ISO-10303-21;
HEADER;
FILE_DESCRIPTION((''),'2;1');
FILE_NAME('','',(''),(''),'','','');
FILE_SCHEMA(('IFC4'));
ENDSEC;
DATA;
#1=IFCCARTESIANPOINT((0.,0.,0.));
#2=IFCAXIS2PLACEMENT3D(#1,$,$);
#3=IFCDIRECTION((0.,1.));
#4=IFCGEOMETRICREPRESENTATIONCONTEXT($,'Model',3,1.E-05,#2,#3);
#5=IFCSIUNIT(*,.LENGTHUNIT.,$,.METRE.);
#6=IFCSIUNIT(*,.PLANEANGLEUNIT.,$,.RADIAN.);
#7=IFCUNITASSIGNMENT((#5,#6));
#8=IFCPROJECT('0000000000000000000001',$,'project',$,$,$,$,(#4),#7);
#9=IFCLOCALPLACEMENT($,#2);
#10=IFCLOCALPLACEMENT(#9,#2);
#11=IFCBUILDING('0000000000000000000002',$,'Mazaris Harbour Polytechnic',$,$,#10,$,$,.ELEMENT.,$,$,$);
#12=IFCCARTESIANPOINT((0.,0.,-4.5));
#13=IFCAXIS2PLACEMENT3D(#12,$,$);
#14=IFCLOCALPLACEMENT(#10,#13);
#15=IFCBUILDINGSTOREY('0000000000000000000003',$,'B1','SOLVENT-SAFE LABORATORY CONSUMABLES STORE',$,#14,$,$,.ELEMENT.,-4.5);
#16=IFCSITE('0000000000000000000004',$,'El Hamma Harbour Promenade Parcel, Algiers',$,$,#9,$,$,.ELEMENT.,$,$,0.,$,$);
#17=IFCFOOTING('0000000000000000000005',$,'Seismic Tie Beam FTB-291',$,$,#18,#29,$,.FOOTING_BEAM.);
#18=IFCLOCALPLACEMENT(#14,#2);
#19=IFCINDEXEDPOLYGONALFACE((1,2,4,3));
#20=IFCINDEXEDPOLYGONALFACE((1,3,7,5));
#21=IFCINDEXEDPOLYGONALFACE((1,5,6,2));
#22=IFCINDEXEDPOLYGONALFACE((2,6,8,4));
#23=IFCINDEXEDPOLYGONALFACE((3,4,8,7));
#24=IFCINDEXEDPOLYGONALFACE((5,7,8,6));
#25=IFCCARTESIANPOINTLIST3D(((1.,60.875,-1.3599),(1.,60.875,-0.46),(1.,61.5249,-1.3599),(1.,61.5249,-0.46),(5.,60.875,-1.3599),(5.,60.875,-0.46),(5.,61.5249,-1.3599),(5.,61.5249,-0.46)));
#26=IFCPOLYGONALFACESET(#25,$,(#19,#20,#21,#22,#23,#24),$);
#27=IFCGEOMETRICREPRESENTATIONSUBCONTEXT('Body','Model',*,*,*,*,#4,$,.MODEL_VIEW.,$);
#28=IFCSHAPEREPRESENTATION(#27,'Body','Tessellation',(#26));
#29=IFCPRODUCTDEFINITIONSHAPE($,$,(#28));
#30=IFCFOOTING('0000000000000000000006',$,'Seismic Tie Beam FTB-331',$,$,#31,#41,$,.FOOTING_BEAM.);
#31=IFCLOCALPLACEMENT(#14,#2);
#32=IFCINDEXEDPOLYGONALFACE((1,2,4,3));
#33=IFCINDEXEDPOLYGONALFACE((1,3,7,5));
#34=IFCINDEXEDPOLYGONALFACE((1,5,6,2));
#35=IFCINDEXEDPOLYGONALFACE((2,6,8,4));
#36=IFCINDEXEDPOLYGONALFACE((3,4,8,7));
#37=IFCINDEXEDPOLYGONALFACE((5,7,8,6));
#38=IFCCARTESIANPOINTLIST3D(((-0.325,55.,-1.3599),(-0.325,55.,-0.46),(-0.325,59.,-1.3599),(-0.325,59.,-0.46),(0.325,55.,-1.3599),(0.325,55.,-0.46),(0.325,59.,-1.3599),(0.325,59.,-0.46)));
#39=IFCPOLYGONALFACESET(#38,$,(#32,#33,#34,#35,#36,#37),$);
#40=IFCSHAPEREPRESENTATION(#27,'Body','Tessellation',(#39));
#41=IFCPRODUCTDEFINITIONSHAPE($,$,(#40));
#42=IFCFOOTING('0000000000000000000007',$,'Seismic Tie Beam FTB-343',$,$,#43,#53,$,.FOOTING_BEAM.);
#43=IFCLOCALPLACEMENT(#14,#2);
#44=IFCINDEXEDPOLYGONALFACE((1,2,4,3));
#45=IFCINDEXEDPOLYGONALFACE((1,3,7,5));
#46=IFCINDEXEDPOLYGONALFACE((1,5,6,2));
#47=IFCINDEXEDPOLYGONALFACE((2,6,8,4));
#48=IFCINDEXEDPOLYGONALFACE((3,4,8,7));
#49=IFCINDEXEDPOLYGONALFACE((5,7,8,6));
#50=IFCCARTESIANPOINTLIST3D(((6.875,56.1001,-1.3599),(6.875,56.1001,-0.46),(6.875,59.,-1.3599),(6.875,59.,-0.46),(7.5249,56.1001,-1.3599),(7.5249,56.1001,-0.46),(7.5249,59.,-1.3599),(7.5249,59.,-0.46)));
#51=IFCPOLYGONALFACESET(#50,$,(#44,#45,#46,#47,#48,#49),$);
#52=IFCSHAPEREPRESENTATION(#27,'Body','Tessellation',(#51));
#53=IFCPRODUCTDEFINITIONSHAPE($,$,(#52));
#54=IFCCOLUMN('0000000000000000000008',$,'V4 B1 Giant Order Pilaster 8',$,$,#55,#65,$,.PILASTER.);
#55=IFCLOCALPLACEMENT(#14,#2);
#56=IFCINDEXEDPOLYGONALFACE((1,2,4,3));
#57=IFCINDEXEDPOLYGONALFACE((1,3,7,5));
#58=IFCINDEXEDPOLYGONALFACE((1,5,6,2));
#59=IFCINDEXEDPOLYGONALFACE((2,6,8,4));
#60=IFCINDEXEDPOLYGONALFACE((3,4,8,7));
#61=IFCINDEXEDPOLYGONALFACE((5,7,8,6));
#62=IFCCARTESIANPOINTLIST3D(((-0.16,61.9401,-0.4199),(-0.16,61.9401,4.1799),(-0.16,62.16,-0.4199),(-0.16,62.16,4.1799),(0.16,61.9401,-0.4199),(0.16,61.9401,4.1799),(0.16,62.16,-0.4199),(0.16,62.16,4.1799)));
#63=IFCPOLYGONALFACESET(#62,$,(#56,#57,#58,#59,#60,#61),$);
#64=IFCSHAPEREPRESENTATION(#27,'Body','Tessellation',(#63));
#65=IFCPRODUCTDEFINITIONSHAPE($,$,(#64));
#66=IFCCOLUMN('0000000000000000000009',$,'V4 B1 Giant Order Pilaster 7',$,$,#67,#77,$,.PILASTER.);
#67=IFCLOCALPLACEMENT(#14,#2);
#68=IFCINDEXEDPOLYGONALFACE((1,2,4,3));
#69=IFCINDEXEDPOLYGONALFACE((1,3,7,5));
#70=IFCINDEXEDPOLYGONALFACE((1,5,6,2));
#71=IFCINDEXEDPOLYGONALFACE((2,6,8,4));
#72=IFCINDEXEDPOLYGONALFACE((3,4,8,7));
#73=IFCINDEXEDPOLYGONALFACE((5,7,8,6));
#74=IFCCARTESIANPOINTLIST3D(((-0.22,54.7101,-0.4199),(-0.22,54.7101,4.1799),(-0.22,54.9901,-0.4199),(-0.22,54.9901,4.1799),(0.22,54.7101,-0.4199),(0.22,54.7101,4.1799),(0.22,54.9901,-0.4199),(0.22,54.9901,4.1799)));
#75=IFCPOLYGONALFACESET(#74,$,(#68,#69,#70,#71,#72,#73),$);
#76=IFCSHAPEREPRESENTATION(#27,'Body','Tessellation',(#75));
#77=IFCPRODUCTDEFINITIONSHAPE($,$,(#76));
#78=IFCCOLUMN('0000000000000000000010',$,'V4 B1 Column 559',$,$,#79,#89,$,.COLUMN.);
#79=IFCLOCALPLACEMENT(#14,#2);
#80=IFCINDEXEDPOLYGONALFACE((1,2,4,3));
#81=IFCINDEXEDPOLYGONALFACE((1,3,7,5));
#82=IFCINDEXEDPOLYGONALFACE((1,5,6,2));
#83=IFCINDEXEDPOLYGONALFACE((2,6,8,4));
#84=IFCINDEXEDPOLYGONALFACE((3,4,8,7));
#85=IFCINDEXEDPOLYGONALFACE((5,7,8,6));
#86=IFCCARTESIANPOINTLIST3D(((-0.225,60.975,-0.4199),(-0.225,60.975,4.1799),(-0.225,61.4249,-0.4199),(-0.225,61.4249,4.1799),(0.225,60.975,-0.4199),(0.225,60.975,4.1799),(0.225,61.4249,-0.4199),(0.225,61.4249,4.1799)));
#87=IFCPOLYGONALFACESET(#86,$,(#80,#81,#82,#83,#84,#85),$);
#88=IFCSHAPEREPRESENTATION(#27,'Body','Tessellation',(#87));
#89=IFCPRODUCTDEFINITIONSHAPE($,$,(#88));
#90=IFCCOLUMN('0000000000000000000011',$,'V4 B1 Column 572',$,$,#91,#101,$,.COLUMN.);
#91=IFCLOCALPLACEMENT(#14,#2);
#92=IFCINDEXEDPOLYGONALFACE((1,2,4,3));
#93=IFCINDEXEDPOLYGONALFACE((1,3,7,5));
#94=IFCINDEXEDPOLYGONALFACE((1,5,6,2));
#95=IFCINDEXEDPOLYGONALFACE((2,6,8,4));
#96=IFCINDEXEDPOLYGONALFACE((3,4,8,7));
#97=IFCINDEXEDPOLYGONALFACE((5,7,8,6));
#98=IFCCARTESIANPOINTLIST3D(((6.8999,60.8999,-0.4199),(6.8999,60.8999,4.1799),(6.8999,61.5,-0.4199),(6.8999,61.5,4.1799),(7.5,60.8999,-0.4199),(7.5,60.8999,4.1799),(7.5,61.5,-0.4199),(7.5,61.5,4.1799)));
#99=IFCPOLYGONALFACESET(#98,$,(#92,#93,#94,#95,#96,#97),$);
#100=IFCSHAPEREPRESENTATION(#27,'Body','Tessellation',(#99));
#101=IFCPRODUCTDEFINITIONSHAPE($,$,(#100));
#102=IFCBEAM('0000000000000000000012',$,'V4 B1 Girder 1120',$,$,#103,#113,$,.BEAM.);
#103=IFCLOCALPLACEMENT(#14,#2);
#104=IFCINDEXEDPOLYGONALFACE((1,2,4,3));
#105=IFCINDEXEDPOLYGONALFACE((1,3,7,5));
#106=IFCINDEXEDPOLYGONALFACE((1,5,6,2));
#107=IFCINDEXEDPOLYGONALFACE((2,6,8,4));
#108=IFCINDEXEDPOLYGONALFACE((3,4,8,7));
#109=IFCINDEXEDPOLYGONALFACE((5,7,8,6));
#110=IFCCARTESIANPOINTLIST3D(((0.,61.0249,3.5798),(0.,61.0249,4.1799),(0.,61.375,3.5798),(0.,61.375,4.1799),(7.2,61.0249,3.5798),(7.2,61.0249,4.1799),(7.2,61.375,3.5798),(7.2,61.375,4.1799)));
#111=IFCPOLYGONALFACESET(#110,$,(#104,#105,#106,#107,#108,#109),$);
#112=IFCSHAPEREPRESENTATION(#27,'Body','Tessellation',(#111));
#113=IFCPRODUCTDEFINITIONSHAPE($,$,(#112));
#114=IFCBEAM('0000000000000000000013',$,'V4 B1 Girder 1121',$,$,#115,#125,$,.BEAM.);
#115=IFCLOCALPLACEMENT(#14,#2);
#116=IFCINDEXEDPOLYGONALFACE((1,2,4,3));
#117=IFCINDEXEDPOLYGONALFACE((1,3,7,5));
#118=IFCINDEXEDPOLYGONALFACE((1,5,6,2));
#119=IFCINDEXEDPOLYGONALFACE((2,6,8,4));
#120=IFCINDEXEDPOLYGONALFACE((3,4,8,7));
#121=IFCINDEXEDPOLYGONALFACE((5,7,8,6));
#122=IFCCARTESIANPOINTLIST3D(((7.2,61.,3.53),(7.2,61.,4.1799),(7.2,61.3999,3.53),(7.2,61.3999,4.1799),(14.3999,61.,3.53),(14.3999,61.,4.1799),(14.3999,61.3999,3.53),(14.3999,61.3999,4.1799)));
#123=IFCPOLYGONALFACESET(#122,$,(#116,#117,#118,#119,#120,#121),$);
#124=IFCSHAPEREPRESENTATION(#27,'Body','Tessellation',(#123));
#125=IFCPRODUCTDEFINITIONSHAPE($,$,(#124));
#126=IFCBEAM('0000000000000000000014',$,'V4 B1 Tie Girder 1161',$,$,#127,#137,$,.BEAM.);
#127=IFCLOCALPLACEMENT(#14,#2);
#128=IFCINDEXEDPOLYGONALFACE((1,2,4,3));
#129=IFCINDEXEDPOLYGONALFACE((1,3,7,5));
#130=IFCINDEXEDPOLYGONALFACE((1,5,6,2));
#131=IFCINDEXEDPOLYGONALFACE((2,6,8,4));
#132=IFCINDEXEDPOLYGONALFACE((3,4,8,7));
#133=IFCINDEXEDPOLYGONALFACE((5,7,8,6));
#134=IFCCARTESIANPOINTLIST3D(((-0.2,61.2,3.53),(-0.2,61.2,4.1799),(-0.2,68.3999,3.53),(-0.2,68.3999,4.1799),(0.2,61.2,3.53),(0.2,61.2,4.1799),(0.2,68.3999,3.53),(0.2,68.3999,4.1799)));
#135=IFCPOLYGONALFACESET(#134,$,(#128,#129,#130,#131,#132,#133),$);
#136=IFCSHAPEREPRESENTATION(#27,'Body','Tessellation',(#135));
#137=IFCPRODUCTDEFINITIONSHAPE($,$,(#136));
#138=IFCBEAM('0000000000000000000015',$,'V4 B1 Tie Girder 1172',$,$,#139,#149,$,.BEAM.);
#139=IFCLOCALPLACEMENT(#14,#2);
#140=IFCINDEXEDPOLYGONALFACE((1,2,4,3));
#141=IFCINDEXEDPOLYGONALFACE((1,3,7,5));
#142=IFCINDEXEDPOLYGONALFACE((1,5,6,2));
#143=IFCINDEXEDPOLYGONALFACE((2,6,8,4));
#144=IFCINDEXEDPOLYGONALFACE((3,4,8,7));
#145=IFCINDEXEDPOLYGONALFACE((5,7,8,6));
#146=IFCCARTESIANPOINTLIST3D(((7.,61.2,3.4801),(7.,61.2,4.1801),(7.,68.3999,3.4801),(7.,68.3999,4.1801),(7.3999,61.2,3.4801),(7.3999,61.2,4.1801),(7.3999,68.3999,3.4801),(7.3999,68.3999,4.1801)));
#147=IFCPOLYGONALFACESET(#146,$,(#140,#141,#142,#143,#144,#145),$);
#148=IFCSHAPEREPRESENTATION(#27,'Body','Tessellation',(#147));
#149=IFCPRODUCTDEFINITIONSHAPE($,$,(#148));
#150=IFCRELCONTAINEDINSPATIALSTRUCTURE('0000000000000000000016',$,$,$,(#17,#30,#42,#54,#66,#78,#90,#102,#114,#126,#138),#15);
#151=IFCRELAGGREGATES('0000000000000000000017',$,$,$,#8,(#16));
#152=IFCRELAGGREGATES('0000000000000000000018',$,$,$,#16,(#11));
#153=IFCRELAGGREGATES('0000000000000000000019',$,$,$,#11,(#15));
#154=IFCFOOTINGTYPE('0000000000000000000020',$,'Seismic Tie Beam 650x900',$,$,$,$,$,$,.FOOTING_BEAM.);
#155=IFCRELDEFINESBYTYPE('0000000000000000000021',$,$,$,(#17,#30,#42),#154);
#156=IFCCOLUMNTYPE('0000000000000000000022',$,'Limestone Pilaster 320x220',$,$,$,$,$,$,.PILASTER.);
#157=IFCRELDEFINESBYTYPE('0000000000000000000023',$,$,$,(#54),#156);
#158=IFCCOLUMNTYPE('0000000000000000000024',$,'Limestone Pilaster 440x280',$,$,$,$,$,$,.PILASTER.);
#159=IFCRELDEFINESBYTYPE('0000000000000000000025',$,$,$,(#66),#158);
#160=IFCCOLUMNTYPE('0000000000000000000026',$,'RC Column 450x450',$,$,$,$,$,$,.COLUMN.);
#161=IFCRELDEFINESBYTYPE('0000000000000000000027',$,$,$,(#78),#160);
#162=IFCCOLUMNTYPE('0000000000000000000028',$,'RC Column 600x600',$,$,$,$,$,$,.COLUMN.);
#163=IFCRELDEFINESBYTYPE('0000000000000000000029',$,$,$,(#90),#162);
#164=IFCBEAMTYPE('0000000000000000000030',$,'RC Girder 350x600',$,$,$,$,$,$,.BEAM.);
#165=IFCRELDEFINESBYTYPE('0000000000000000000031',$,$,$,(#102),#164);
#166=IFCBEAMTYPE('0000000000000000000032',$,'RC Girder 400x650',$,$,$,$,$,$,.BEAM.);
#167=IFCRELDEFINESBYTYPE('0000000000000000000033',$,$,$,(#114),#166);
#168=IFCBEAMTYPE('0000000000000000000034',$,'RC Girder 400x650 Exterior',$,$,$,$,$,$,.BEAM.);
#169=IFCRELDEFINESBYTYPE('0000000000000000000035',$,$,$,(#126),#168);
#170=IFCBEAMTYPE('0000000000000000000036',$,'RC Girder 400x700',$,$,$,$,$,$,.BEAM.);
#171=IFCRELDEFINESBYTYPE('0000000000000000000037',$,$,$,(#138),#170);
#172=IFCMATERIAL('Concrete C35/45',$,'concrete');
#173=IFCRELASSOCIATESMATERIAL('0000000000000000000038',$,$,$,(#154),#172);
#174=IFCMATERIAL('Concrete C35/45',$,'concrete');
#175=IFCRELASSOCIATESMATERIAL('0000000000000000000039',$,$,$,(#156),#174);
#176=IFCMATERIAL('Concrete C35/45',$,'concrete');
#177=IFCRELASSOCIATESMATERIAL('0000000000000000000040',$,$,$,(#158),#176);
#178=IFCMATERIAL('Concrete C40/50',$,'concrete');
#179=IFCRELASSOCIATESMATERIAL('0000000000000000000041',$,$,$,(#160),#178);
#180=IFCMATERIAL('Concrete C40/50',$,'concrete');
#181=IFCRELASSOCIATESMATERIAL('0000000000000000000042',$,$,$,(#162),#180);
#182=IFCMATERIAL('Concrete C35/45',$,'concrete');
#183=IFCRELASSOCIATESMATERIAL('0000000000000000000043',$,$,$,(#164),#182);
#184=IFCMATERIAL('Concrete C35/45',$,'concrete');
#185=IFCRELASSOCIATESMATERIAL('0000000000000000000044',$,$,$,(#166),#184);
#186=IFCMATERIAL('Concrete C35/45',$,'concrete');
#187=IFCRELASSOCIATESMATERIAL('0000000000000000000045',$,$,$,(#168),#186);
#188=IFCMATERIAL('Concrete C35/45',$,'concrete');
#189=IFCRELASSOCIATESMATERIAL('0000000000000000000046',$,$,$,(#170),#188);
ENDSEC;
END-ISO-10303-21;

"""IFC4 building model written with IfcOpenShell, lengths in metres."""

from ifc_helpers import new_model, si_unit, direction, frame, origin, origin_2d, place, context, subcontext, project, spatial, rectangle, extrude, material, material_profile, profile_set, type_object, element, save


model = new_model("IFC4")

# Units and contexts
model_context = context("Model", 3, precision=1e-05, world=origin(), true_north=direction((0.0, 1.0)))
body_context = subcontext(model_context, "Body", "Model", "MODEL_VIEW")
ifc_project = project(units=[si_unit("LENGTHUNIT", "METRE"), si_unit("PLANEANGLEUNIT", "RADIAN")], contexts=[model_context])

# Site, building, storey
site_placement = place(None, origin())
site = spatial("IfcSite", under=ifc_project, at=site_placement, Name="El Hamma Harbour Promenade Parcel, Algiers", CompositionType="ELEMENT", RefElevation=0.0)
building_placement = place(site_placement, origin())
building = spatial("IfcBuilding", under=site, at=building_placement, Name="Mazaris Harbour Polytechnic", CompositionType="ELEMENT")
storey_placement = place(building_placement, frame((0.0, 0.0, -4.5)))
storey = spatial("IfcBuildingStorey", under=building, at=storey_placement, Name="B1", Description="SOLVENT-SAFE LABORATORY CONSUMABLES STORE", CompositionType="ELEMENT", Elevation=-4.5)

# Footings
ifc_material_1 = material(Name="Concrete C35/45", Category="concrete")
ifc_material_profile_1 = material_profile(ifc_material_1, rectangle(XDim=0.6499, YDim=0.8999, at=origin_2d()), Name="RECT650x900")
ifc_profile_set_1 = profile_set([ifc_material_profile_1], Name="Concrete C35/45")
footing_type_1 = type_object("IfcFootingType", Name="Seismic Tie Beam 650x900", PredefinedType="FOOTING_BEAM", material=ifc_profile_set_1)
for number, where, z_axis, x_axis, name in (
    (1, (1.0, 61.2, -0.9099), (1.0, 0.0, 0.0), (0.0, 1.0, 0.0), "Seismic Tie Beam FTB-291"),
    (2, (0.0, 55.0, -0.9099), (0.0, 1.0, 0.0), (-1.0, 0.0, 0.0), "Seismic Tie Beam FTB-331"),
):
    element("IfcFooting", number, at=place(storey_placement, frame(where, z_axis=z_axis, x_axis=x_axis)), inside=storey, type_object=footing_type_1, Name=name, PredefinedType="FOOTING_BEAM", context=body_context, shape_type="SweptSolid", body=[
        extrude(rectangle(XDim=0.6499, YDim=0.8999, at=origin_2d()), origin(), (0.0, 0.0, 1.0), 4.0),
    ])
footing_1_placement = place(storey_placement, frame((7.2, 56.1001, -0.9099), z_axis=(0.0, 1.0, 0.0), x_axis=(-1.0, 0.0, 0.0)))
element("IfcFooting", 3, at=footing_1_placement, inside=storey, type_object=footing_type_1, Name="Seismic Tie Beam FTB-343", PredefinedType="FOOTING_BEAM", context=body_context, shape_type="SweptSolid", body=[
    extrude(rectangle(XDim=0.6499, YDim=0.8999, at=origin_2d()), origin(), (0.0, 0.0, 1.0), 2.8999),
])

# Columns
ifc_material_2 = material(Name="Concrete C35/45", Category="concrete")
ifc_material_profile_2 = material_profile(ifc_material_2, rectangle(XDim=0.3201, YDim=0.22, at=origin_2d()), Name="RECT320x220")
ifc_profile_set_2 = profile_set([ifc_material_profile_2], Name="Concrete C35/45")
column_type_1 = type_object("IfcColumnType", Name="Limestone Pilaster 320x220", PredefinedType="PILASTER", material=ifc_profile_set_2)
column_1_placement = place(storey_placement, frame((0.0, 62.05, -0.4199), z_axis=(0.0, 0.0, 1.0), x_axis=(1.0, 0.0, 0.0)))
element("IfcColumn", 4, at=column_1_placement, inside=storey, type_object=column_type_1, Name="V4 B1 Giant Order Pilaster 8", PredefinedType="PILASTER", context=body_context, shape_type="SweptSolid", body=[
    extrude(rectangle(XDim=0.3201, YDim=0.22, at=origin_2d()), origin(), (0.0, 0.0, 1.0), 4.5999),
])
ifc_material_3 = material(Name="Concrete C35/45", Category="concrete")
ifc_material_profile_3 = material_profile(ifc_material_3, rectangle(XDim=0.4399, YDim=0.28, at=origin_2d()), Name="RECT440x280")
ifc_profile_set_3 = profile_set([ifc_material_profile_3], Name="Concrete C35/45")
column_type_2 = type_object("IfcColumnType", Name="Limestone Pilaster 440x280", PredefinedType="PILASTER", material=ifc_profile_set_3)
column_2_placement = place(storey_placement, frame((0.0, 54.8501, -0.4199), z_axis=(0.0, 0.0, 1.0), x_axis=(1.0, 0.0, 0.0)))
element("IfcColumn", 5, at=column_2_placement, inside=storey, type_object=column_type_2, Name="V4 B1 Giant Order Pilaster 7", PredefinedType="PILASTER", context=body_context, shape_type="SweptSolid", body=[
    extrude(rectangle(XDim=0.4399, YDim=0.28, at=origin_2d()), origin(), (0.0, 0.0, 1.0), 4.5999),
])
ifc_material_4 = material(Name="Concrete C40/50", Category="concrete")
ifc_material_profile_4 = material_profile(ifc_material_4, rectangle(XDim=0.45, YDim=0.45, at=origin_2d()), Name="RECT450x450")
ifc_profile_set_4 = profile_set([ifc_material_profile_4], Name="Concrete C40/50")
column_type_3 = type_object("IfcColumnType", Name="RC Column 450x450", PredefinedType="COLUMN", material=ifc_profile_set_4)
column_3_placement = place(storey_placement, frame((0.0, 61.2, -0.4199), z_axis=(0.0, 0.0, 1.0), x_axis=(1.0, 0.0, 0.0)))
element("IfcColumn", 6, at=column_3_placement, inside=storey, type_object=column_type_3, Name="V4 B1 Column 559", PredefinedType="COLUMN", context=body_context, shape_type="SweptSolid", body=[
    extrude(rectangle(XDim=0.45, YDim=0.45, at=origin_2d()), origin(), (0.0, 0.0, 1.0), 4.5999),
])
ifc_material_5 = material(Name="Concrete C40/50", Category="concrete")
ifc_material_profile_5 = material_profile(ifc_material_5, rectangle(XDim=0.6001, YDim=0.6001, at=origin_2d()), Name="RECT600x600")
ifc_profile_set_5 = profile_set([ifc_material_profile_5], Name="Concrete C40/50")
column_type_4 = type_object("IfcColumnType", Name="RC Column 600x600", PredefinedType="COLUMN", material=ifc_profile_set_5)
column_4_placement = place(storey_placement, frame((7.2, 61.2, -0.4199), z_axis=(0.0, 0.0, 1.0), x_axis=(1.0, 0.0, 0.0)))
element("IfcColumn", 7, at=column_4_placement, inside=storey, type_object=column_type_4, Name="V4 B1 Column 572", PredefinedType="COLUMN", context=body_context, shape_type="SweptSolid", body=[
    extrude(rectangle(XDim=0.6001, YDim=0.6001, at=origin_2d()), origin(), (0.0, 0.0, 1.0), 4.5999),
])

# Beams
ifc_material_6 = material(Name="Concrete C35/45", Category="concrete")
ifc_material_profile_6 = material_profile(ifc_material_6, rectangle(XDim=0.3501, YDim=0.6001, at=origin_2d()), Name="RECT350x600")
ifc_profile_set_6 = profile_set([ifc_material_profile_6], Name="Concrete C35/45")
beam_type_1 = type_object("IfcBeamType", Name="RC Girder 350x600", PredefinedType="BEAM", material=ifc_profile_set_6)
beam_1_placement = place(storey_placement, frame((0.0, 61.2, 3.8799), z_axis=(1.0, 0.0, 0.0), x_axis=(0.0, 1.0, 0.0)))
element("IfcBeam", 8, at=beam_1_placement, inside=storey, type_object=beam_type_1, Name="V4 B1 Girder 1120", PredefinedType="BEAM", context=body_context, shape_type="SweptSolid", body=[
    extrude(rectangle(XDim=0.3501, YDim=0.6001, at=origin_2d()), origin(), (0.0, 0.0, 1.0), 7.2),
])
ifc_material_7 = material(Name="Concrete C35/45", Category="concrete")
ifc_material_profile_7 = material_profile(ifc_material_7, rectangle(XDim=0.3999, YDim=0.6499, at=origin_2d()), Name="RECT400x650")
ifc_profile_set_7 = profile_set([ifc_material_profile_7], Name="Concrete C35/45")
beam_type_2 = type_object("IfcBeamType", Name="RC Girder 400x650", PredefinedType="BEAM", material=ifc_profile_set_7)
beam_2_placement = place(storey_placement, frame((7.2, 61.2, 3.855), z_axis=(1.0, 0.0, 0.0), x_axis=(0.0, 1.0, 0.0)))
element("IfcBeam", 9, at=beam_2_placement, inside=storey, type_object=beam_type_2, Name="V4 B1 Girder 1121", PredefinedType="BEAM", context=body_context, shape_type="SweptSolid", body=[
    extrude(rectangle(XDim=0.3999, YDim=0.6499, at=origin_2d()), origin(), (0.0, 0.0, 1.0), 7.2),
])
ifc_material_8 = material(Name="Concrete C35/45", Category="concrete")
ifc_material_profile_8 = material_profile(ifc_material_8, rectangle(XDim=0.3999, YDim=0.6499, at=origin_2d()), Name="RECT400x650")
ifc_profile_set_8 = profile_set([ifc_material_profile_8], Name="Concrete C35/45")
beam_type_3 = type_object("IfcBeamType", Name="RC Girder 400x650 Exterior", PredefinedType="BEAM", material=ifc_profile_set_8)
beam_3_placement = place(storey_placement, frame((0.0, 61.2, 3.855), z_axis=(0.0, 1.0, 0.0), x_axis=(-1.0, 0.0, 0.0)))
element("IfcBeam", 10, at=beam_3_placement, inside=storey, type_object=beam_type_3, Name="V4 B1 Tie Girder 1161", PredefinedType="BEAM", context=body_context, shape_type="SweptSolid", body=[
    extrude(rectangle(XDim=0.3999, YDim=0.6499, at=origin_2d()), origin(), (0.0, 0.0, 1.0), 7.2),
])
ifc_material_9 = material(Name="Concrete C35/45", Category="concrete")
ifc_material_profile_9 = material_profile(ifc_material_9, rectangle(XDim=0.3999, YDim=0.7, at=origin_2d()), Name="RECT400x700")
ifc_profile_set_9 = profile_set([ifc_material_profile_9], Name="Concrete C35/45")
beam_type_4 = type_object("IfcBeamType", Name="RC Girder 400x700", PredefinedType="BEAM", material=ifc_profile_set_9)
beam_4_placement = place(storey_placement, frame((7.2, 61.2, 3.8301), z_axis=(0.0, 1.0, 0.0), x_axis=(-1.0, 0.0, 0.0)))
element("IfcBeam", 11, at=beam_4_placement, inside=storey, type_object=beam_type_4, Name="V4 B1 Tie Girder 1172", PredefinedType="BEAM", context=body_context, shape_type="SweptSolid", body=[
    extrude(rectangle(XDim=0.3999, YDim=0.7, at=origin_2d()), origin(), (0.0, 0.0, 1.0), 7.2),
])

save(model, "model.ifc")
